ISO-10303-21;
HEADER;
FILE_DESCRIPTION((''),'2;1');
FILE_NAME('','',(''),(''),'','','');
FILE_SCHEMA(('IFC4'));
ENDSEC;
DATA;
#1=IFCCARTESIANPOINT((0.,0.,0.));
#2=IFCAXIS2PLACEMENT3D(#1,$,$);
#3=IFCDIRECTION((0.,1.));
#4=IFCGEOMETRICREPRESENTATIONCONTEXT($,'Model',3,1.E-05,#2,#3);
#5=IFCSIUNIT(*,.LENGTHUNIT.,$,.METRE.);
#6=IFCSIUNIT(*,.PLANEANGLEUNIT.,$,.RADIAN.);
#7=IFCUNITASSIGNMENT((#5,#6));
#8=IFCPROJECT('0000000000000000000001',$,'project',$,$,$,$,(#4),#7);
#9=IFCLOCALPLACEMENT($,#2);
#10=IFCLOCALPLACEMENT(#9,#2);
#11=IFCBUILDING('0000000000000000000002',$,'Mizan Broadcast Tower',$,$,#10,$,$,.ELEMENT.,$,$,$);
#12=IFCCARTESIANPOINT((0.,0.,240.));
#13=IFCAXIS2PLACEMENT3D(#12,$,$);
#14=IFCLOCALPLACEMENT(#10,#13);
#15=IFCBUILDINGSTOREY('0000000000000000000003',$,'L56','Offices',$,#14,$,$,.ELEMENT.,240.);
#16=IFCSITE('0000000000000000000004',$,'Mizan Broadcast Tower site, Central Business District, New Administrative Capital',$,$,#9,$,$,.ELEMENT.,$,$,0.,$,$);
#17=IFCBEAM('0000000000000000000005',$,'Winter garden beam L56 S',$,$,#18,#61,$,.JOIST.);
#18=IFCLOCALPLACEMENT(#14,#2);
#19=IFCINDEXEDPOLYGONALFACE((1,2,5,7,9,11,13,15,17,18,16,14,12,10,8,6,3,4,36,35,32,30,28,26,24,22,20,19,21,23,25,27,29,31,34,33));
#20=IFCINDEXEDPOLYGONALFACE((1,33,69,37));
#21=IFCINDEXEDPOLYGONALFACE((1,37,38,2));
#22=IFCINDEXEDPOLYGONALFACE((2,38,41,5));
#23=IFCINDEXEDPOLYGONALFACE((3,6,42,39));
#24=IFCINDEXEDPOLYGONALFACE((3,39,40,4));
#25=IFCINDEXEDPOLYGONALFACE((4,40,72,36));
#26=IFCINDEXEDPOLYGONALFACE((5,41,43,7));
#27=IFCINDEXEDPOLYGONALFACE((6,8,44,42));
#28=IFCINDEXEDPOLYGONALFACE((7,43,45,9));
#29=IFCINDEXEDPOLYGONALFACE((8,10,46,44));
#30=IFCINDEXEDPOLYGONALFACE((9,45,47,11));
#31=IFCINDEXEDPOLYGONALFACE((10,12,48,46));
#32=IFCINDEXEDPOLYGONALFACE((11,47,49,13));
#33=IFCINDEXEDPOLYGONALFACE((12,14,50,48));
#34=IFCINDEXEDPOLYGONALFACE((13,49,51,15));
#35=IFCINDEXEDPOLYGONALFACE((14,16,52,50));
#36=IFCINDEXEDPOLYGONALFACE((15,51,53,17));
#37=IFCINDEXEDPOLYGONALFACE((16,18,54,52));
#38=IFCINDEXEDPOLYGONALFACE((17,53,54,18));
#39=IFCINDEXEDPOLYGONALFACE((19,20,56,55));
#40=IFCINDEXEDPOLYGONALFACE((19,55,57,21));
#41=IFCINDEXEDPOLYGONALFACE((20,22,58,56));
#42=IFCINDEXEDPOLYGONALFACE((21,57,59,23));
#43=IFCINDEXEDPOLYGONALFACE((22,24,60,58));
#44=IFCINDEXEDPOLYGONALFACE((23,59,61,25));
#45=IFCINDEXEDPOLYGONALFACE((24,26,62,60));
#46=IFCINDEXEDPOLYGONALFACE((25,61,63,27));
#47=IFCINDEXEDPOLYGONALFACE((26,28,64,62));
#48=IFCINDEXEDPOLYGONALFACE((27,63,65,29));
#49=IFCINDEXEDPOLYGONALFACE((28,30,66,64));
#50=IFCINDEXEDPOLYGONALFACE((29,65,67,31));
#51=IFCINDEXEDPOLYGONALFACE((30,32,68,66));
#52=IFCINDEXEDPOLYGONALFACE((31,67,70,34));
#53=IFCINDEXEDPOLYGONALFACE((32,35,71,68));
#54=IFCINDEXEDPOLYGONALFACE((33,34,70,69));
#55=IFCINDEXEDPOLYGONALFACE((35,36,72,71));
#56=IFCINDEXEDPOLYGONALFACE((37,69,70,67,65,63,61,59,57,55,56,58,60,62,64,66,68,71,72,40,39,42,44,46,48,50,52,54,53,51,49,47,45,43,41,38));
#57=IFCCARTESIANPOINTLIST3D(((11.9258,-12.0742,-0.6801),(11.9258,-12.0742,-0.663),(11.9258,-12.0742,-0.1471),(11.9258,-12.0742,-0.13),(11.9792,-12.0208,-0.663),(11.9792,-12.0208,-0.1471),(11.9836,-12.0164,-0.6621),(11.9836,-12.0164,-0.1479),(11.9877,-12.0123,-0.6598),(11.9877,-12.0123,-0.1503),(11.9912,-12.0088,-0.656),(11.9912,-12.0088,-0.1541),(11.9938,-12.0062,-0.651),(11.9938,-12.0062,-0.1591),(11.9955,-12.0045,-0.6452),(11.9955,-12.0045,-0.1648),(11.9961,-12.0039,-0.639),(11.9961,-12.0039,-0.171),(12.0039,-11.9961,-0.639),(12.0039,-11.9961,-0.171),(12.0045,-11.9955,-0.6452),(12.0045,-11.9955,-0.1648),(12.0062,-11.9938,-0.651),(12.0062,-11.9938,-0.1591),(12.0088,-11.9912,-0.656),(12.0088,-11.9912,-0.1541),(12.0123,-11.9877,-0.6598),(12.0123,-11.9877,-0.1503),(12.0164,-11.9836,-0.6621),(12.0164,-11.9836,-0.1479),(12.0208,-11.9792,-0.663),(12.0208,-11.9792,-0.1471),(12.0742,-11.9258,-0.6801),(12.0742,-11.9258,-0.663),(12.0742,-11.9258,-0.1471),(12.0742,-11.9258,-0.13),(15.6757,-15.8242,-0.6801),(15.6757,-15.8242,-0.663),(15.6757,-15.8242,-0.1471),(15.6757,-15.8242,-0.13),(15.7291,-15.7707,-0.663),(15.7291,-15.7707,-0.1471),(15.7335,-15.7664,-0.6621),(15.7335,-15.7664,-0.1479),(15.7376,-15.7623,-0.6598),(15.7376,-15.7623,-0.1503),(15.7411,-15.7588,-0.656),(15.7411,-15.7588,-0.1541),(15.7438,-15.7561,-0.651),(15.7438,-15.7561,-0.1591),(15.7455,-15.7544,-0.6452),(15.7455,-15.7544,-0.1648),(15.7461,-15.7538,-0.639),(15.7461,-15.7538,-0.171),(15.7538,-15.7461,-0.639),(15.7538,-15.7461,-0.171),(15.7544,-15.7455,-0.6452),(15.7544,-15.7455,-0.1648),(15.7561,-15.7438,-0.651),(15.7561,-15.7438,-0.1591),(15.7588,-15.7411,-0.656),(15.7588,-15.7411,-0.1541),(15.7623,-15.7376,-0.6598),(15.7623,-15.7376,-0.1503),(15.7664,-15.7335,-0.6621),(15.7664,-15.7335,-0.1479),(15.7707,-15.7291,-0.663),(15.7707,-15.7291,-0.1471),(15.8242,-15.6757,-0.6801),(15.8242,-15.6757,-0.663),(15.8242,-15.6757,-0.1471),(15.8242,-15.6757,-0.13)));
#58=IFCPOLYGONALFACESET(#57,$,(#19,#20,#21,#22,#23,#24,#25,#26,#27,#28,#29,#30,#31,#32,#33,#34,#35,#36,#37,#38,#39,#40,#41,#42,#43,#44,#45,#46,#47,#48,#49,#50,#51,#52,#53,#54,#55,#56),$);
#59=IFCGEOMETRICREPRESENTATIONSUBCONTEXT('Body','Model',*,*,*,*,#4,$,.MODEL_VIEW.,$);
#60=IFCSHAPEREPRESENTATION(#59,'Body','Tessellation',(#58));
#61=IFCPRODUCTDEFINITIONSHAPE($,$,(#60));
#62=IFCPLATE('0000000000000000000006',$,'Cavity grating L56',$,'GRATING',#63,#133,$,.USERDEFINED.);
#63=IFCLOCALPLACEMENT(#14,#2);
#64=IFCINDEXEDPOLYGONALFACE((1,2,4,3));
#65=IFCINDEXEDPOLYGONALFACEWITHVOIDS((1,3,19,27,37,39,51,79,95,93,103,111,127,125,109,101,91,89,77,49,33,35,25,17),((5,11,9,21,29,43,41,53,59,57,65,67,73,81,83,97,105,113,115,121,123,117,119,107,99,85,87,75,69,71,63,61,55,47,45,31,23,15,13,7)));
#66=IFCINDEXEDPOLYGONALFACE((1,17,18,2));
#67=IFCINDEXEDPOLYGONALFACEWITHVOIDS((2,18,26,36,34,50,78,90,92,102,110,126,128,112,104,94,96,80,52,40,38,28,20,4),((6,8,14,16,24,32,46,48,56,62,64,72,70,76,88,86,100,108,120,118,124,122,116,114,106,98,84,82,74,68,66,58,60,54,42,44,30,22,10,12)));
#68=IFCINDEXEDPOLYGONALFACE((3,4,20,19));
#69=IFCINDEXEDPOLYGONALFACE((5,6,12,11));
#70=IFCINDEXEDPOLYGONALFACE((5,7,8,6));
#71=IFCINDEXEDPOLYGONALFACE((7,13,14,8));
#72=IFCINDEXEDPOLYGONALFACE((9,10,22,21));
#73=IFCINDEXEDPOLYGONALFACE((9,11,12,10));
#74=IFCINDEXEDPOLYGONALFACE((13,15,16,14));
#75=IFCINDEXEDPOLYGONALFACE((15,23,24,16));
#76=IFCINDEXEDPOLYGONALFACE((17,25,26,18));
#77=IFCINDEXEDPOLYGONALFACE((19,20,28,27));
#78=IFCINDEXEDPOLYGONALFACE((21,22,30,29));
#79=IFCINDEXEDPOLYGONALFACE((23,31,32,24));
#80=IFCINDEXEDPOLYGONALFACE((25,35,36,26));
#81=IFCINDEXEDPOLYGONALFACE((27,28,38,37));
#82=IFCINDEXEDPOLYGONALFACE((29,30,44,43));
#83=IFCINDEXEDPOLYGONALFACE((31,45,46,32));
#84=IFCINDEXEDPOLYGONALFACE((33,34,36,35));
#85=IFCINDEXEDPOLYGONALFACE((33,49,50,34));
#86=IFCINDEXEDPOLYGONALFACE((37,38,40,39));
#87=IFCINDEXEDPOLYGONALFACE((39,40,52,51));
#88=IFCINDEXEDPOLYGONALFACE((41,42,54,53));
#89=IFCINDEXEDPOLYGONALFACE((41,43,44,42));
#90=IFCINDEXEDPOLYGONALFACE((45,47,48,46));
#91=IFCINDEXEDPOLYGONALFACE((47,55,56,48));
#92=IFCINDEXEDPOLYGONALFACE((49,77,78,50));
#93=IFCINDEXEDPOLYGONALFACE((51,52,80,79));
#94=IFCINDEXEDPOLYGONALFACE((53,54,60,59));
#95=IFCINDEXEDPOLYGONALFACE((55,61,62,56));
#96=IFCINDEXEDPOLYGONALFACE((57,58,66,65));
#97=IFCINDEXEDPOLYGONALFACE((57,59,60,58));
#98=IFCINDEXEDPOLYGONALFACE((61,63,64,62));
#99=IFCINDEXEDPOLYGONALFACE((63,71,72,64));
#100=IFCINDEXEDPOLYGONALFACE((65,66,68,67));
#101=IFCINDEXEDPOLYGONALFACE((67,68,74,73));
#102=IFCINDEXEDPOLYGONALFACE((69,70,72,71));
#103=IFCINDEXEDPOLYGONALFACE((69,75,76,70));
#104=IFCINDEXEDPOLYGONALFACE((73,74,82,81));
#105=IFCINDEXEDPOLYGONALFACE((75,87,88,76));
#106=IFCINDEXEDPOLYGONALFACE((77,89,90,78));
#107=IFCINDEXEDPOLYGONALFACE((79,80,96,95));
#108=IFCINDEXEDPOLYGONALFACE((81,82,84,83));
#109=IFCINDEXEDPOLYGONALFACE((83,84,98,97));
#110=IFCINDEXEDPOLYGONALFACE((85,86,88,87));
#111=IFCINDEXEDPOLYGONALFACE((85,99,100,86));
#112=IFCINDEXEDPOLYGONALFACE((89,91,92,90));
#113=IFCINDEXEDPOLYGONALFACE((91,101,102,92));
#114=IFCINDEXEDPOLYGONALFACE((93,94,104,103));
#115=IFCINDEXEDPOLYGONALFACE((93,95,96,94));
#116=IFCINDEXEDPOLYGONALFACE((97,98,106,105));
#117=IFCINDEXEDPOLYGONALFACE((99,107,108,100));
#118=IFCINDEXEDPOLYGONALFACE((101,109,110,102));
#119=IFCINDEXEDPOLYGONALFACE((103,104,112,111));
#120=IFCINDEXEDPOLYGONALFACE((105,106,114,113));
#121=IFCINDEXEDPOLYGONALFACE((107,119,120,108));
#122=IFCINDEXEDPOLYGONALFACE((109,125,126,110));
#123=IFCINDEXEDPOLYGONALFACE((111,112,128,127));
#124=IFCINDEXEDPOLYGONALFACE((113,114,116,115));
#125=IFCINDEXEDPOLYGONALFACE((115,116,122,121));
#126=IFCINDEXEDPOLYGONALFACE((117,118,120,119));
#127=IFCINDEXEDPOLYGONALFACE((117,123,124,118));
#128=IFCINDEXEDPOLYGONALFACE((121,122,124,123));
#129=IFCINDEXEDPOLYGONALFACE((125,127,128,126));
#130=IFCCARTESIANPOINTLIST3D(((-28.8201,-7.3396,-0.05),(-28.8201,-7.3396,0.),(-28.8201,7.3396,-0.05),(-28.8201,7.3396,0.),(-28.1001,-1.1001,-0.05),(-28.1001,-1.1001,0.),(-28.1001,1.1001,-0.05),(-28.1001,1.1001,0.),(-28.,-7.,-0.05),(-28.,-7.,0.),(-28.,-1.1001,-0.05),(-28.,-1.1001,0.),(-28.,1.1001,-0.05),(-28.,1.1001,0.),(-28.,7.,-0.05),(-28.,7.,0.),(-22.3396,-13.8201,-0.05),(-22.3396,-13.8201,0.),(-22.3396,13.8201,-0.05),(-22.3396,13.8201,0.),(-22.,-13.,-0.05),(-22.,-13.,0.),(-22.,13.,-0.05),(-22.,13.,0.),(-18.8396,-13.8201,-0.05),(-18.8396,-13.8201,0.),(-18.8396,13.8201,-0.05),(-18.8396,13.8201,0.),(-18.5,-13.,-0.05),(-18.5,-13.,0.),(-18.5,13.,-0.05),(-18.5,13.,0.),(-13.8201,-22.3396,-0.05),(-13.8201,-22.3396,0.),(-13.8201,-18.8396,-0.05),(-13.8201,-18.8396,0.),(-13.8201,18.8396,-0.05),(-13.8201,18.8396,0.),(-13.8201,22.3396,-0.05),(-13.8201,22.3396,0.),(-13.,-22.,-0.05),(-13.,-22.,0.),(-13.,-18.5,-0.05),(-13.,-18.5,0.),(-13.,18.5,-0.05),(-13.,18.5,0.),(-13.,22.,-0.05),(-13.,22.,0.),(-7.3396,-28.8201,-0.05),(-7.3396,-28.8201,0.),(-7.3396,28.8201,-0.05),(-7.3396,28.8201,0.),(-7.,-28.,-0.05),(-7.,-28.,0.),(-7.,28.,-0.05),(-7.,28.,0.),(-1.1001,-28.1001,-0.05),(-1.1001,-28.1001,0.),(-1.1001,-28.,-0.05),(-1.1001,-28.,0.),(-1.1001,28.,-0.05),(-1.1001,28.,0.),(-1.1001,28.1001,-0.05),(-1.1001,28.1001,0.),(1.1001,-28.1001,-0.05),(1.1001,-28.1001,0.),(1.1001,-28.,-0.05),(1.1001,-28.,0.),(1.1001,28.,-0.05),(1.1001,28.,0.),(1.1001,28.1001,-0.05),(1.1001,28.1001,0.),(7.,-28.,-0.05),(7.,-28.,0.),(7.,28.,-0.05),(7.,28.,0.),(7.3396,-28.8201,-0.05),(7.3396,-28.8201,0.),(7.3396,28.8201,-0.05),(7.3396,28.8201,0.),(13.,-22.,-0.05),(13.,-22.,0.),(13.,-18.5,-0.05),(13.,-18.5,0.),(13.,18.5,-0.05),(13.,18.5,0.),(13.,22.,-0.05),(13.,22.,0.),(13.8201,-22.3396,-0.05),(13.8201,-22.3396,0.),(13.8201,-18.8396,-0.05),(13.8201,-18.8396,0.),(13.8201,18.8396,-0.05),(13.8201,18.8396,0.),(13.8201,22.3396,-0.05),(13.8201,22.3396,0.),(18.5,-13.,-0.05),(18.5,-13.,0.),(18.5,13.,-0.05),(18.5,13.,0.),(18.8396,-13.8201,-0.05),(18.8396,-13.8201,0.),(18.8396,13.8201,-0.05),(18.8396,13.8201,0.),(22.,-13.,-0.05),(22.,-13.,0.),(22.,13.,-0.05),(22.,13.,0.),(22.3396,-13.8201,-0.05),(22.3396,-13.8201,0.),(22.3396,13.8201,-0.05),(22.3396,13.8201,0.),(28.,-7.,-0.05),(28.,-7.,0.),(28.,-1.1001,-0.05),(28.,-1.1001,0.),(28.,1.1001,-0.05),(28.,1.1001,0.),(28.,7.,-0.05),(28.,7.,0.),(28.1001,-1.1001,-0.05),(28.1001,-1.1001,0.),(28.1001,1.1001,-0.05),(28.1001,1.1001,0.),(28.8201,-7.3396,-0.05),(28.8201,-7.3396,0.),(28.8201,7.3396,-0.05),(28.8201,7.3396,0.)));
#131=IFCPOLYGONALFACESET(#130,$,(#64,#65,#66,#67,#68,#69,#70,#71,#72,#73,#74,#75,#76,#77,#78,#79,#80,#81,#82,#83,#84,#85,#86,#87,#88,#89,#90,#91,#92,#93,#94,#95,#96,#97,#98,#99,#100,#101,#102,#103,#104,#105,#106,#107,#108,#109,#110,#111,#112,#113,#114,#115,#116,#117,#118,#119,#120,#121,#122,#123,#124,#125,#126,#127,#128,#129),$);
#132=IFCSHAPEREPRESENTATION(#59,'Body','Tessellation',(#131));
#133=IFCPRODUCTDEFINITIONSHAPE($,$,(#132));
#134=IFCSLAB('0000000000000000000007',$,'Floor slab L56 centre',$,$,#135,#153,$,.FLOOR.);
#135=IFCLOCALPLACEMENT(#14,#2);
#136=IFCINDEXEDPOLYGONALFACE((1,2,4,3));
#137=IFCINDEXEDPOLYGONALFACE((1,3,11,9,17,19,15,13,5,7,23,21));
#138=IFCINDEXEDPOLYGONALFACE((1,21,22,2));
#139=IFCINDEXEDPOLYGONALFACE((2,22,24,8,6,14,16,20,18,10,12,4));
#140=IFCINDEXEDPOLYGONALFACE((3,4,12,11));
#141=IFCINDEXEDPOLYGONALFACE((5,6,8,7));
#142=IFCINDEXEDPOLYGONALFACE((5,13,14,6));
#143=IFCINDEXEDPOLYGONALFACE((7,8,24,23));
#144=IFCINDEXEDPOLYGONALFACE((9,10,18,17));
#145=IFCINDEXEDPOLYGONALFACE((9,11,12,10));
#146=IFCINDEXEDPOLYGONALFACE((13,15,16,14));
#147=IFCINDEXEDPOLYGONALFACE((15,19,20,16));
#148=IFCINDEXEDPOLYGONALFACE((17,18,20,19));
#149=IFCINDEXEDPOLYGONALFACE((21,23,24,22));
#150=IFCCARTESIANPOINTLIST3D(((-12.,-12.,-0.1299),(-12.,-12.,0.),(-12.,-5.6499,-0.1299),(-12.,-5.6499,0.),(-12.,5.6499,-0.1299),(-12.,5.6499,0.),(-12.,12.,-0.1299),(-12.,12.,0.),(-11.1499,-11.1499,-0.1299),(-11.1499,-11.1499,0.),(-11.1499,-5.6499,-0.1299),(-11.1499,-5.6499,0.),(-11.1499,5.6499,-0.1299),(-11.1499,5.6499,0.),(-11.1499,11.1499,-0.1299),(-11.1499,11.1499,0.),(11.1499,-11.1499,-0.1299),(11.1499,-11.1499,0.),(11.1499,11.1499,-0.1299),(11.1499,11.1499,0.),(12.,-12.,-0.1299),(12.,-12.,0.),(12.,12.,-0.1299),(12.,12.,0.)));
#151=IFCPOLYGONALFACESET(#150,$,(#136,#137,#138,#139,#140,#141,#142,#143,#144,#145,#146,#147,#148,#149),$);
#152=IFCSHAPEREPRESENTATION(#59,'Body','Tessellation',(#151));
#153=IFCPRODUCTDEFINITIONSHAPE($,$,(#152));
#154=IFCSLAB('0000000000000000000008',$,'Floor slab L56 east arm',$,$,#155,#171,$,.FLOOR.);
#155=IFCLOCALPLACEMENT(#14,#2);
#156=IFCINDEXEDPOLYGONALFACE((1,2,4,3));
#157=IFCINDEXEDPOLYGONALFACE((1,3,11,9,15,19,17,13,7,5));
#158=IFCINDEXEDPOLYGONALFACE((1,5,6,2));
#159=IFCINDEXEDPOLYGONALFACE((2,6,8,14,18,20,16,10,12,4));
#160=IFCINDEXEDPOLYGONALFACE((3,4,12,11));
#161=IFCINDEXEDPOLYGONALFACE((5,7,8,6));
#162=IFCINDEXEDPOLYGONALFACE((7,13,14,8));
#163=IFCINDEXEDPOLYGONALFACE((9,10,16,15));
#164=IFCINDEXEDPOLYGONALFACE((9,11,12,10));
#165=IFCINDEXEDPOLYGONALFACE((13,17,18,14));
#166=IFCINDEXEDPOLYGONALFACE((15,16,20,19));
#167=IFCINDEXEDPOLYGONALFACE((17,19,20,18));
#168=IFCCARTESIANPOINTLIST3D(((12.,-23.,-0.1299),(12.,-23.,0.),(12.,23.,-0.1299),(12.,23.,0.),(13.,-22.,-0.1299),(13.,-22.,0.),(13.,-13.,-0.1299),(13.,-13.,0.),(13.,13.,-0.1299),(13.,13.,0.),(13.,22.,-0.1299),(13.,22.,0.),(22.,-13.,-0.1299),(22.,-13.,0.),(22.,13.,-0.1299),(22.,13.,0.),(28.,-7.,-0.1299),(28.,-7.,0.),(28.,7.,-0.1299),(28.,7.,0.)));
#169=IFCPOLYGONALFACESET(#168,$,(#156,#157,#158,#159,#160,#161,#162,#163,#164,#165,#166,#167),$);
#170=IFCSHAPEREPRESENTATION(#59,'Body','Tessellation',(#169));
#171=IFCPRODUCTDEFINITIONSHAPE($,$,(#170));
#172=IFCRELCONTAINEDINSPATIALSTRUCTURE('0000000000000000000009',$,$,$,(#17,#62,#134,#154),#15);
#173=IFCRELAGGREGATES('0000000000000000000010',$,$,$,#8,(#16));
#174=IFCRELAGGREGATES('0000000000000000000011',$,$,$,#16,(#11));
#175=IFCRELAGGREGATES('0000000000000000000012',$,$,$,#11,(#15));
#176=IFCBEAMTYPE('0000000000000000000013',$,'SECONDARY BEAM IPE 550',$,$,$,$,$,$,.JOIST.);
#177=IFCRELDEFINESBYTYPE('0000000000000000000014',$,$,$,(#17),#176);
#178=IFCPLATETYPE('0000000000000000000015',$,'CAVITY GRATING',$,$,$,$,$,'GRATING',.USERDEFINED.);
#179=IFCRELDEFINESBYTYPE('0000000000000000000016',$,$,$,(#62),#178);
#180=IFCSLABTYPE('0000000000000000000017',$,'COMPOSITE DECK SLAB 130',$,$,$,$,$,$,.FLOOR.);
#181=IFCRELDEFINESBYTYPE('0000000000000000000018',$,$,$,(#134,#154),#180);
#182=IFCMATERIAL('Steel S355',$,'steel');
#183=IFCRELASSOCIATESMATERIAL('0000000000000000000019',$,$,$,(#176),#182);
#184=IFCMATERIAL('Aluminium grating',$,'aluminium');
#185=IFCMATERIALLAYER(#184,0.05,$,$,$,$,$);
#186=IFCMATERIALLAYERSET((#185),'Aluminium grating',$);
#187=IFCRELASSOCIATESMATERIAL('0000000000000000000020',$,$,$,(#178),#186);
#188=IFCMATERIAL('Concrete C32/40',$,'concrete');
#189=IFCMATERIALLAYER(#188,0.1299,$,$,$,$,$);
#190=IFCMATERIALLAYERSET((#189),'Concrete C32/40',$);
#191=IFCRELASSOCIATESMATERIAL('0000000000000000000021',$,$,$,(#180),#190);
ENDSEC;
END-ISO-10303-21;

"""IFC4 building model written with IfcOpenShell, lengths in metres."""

from ifc_helpers import new_model, si_unit, direction, frame, origin, origin_2d, place, context, subcontext, project, spatial, polyline, i_section, outline, extrude, material, layer, layer_set, material_profile, profile_set, type_object, element, save


model = new_model("IFC4")

# Units and contexts
model_context = context("Model", 3, precision=1e-05, world=origin(), true_north=direction((0.0, 1.0)))
body_context = subcontext(model_context, "Body", "Model", "MODEL_VIEW")
ifc_project = project(units=[si_unit("LENGTHUNIT", "METRE"), si_unit("PLANEANGLEUNIT", "RADIAN")], contexts=[model_context])

# Site, building, storey
site_placement = place(None, origin())
site = spatial("IfcSite", under=ifc_project, at=site_placement, Name="Mizan Broadcast Tower site, Central Business District, New Administrative Capital", CompositionType="ELEMENT", RefElevation=0.0)
building_placement = place(site_placement, origin())
building = spatial("IfcBuilding", under=site, at=building_placement, Name="Mizan Broadcast Tower", CompositionType="ELEMENT")
storey_placement = place(building_placement, frame((0.0, 0.0, 240.0)))
storey = spatial("IfcBuildingStorey", under=building, at=storey_placement, Name="L56", Description="Offices", CompositionType="ELEMENT", Elevation=240.0)

# Beam
ifc_material_1 = material(Name="Steel S355", Category="steel")
ifc_material_profile_1 = material_profile(ifc_material_1, i_section(OverallWidth=0.21, OverallDepth=0.55, WebThickness=0.011, FlangeThickness=0.0171, FilletRadius=0.0239, at=origin_2d()), Name="IPE 550")
ifc_profile_set_1 = profile_set([ifc_material_profile_1], Name="Steel S355")
beam_type_1 = type_object("IfcBeamType", Name="SECONDARY BEAM IPE 550", PredefinedType="JOIST", material=ifc_profile_set_1)
beam_1_placement = place(storey_placement, frame((12.0, -12.0, -0.405), z_axis=(0.707107, -0.707107, 0.0), x_axis=(0.707107, 0.707107, 0.0)))
element("IfcBeam", 1, at=beam_1_placement, inside=storey, type_object=beam_type_1, Name="Winter garden beam L56 S", PredefinedType="JOIST", context=body_context, shape_type="SweptSolid", body=[
    extrude(i_section(OverallWidth=0.21, OverallDepth=0.55, WebThickness=0.011, FlangeThickness=0.0171, FilletRadius=0.0239, at=origin_2d()), origin(), (0.0, 0.0, 1.0), 5.3032),
])

# Plate
ifc_material_2 = material(Name="Aluminium grating", Category="aluminium")
ifc_layer_1 = layer(ifc_material_2, 0.05)
ifc_layer_set_1 = layer_set([ifc_layer_1], Name="Aluminium grating")
plate_type = type_object("IfcPlateType", Name="CAVITY GRATING", ElementType="GRATING", PredefinedType="USERDEFINED", material=ifc_layer_set_1)
plate_placement = place(storey_placement, frame((0.0, 0.0, -0.05)))
element("IfcPlate", 2, at=plate_placement, inside=storey, type_object=plate_type, Name="Cavity grating L56", ObjectType="GRATING", PredefinedType="USERDEFINED", context=body_context, shape_type="SweptSolid", body=[
    extrude(outline(polyline([(13.8201, -18.8396), (18.8396, -13.8201), (22.3396, -13.8201), (28.8201, -7.3396), (28.8201, 7.3396), (22.3396, 13.8201), (18.8396, 13.8201), (13.8201, 18.8396), (13.8201, 22.3396), (7.3396, 28.8201), (-7.3396, 28.8201), (-13.8201, 22.3396), (-13.8201, 18.8396), (-18.8396, 13.8201), (-22.3396, 13.8201), (-28.8201, 7.3396), (-28.8201, -7.3396), (-22.3396, -13.8201), (-18.8396, -13.8201), (-13.8201, -18.8396), (-13.8201, -22.3396), (-7.3396, -28.8201), (7.3396, -28.8201), (13.8201, -22.3396), (13.8201, -18.8396)]), holes=[polyline([(28.0, -1.1001), (28.0, -7.0), (22.0, -13.0), (18.5, -13.0), (13.0, -18.5), (13.0, -22.0), (7.0, -28.0), (1.1001, -28.0), (1.1001, -28.1001), (-1.1001, -28.1001), (-1.1001, -28.0), (-7.0, -28.0), (-13.0, -22.0), (-13.0, -18.5), (-18.5, -13.0), (-22.0, -13.0), (-28.0, -7.0), (-28.0, -1.1001), (-28.1001, -1.1001), (-28.1001, 1.1001), (-28.0, 1.1001), (-28.0, 7.0), (-22.0, 13.0), (-18.5, 13.0), (-13.0, 18.5), (-13.0, 22.0), (-7.0, 28.0), (-1.1001, 28.0), (-1.1001, 28.1001), (1.1001, 28.1001), (1.1001, 28.0), (7.0, 28.0), (13.0, 22.0), (13.0, 18.5), (18.5, 13.0), (22.0, 13.0), (28.0, 7.0), (28.0, 1.1001), (28.1001, 1.1001), (28.1001, -1.1001), (28.0, -1.1001)])]), origin(), (0.0, 0.0, 1.0), 0.05),
])

# Slabs
ifc_material_3 = material(Name="Concrete C32/40", Category="concrete")
ifc_layer_2 = layer(ifc_material_3, 0.1299)
ifc_layer_set_2 = layer_set([ifc_layer_2], Name="Concrete C32/40")
slab_type_1 = type_object("IfcSlabType", Name="COMPOSITE DECK SLAB 130", PredefinedType="FLOOR", material=ifc_layer_set_2)
slab_1_placement = place(storey_placement, frame((0.0, 0.0, -0.1299)))
element("IfcSlab", 3, at=slab_1_placement, inside=storey, type_object=slab_type_1, Name="Floor slab L56 centre", PredefinedType="FLOOR", context=body_context, shape_type="SweptSolid", body=[
    extrude(outline(polyline([(-11.1499, -5.6499), (-12.0, -5.6499), (-12.0, -12.0), (12.0, -12.0), (12.0, 12.0), (-12.0, 12.0), (-12.0, 5.6499), (-11.1499, 5.6499), (-11.1499, 11.1499), (11.1499, 11.1499), (11.1499, -11.1499), (-11.1499, -11.1499), (-11.1499, -5.6499)])), origin(), (0.0, 0.0, 1.0), 0.1299),
])
slab_2_placement = place(storey_placement, frame((0.0, 0.0, -0.1299)))
element("IfcSlab", 4, at=slab_2_placement, inside=storey, type_object=slab_type_1, Name="Floor slab L56 east arm", PredefinedType="FLOOR", context=body_context, shape_type="SweptSolid", body=[
    extrude(outline(polyline([(13.0, 22.0), (12.0, 23.0), (12.0, -23.0), (13.0, -22.0), (13.0, -13.0), (22.0, -13.0), (28.0, -7.0), (28.0, 7.0), (22.0, 13.0), (13.0, 13.0), (13.0, 22.0)])), origin(), (0.0, 0.0, 1.0), 0.1299),
])

save(model, "model.ifc")
